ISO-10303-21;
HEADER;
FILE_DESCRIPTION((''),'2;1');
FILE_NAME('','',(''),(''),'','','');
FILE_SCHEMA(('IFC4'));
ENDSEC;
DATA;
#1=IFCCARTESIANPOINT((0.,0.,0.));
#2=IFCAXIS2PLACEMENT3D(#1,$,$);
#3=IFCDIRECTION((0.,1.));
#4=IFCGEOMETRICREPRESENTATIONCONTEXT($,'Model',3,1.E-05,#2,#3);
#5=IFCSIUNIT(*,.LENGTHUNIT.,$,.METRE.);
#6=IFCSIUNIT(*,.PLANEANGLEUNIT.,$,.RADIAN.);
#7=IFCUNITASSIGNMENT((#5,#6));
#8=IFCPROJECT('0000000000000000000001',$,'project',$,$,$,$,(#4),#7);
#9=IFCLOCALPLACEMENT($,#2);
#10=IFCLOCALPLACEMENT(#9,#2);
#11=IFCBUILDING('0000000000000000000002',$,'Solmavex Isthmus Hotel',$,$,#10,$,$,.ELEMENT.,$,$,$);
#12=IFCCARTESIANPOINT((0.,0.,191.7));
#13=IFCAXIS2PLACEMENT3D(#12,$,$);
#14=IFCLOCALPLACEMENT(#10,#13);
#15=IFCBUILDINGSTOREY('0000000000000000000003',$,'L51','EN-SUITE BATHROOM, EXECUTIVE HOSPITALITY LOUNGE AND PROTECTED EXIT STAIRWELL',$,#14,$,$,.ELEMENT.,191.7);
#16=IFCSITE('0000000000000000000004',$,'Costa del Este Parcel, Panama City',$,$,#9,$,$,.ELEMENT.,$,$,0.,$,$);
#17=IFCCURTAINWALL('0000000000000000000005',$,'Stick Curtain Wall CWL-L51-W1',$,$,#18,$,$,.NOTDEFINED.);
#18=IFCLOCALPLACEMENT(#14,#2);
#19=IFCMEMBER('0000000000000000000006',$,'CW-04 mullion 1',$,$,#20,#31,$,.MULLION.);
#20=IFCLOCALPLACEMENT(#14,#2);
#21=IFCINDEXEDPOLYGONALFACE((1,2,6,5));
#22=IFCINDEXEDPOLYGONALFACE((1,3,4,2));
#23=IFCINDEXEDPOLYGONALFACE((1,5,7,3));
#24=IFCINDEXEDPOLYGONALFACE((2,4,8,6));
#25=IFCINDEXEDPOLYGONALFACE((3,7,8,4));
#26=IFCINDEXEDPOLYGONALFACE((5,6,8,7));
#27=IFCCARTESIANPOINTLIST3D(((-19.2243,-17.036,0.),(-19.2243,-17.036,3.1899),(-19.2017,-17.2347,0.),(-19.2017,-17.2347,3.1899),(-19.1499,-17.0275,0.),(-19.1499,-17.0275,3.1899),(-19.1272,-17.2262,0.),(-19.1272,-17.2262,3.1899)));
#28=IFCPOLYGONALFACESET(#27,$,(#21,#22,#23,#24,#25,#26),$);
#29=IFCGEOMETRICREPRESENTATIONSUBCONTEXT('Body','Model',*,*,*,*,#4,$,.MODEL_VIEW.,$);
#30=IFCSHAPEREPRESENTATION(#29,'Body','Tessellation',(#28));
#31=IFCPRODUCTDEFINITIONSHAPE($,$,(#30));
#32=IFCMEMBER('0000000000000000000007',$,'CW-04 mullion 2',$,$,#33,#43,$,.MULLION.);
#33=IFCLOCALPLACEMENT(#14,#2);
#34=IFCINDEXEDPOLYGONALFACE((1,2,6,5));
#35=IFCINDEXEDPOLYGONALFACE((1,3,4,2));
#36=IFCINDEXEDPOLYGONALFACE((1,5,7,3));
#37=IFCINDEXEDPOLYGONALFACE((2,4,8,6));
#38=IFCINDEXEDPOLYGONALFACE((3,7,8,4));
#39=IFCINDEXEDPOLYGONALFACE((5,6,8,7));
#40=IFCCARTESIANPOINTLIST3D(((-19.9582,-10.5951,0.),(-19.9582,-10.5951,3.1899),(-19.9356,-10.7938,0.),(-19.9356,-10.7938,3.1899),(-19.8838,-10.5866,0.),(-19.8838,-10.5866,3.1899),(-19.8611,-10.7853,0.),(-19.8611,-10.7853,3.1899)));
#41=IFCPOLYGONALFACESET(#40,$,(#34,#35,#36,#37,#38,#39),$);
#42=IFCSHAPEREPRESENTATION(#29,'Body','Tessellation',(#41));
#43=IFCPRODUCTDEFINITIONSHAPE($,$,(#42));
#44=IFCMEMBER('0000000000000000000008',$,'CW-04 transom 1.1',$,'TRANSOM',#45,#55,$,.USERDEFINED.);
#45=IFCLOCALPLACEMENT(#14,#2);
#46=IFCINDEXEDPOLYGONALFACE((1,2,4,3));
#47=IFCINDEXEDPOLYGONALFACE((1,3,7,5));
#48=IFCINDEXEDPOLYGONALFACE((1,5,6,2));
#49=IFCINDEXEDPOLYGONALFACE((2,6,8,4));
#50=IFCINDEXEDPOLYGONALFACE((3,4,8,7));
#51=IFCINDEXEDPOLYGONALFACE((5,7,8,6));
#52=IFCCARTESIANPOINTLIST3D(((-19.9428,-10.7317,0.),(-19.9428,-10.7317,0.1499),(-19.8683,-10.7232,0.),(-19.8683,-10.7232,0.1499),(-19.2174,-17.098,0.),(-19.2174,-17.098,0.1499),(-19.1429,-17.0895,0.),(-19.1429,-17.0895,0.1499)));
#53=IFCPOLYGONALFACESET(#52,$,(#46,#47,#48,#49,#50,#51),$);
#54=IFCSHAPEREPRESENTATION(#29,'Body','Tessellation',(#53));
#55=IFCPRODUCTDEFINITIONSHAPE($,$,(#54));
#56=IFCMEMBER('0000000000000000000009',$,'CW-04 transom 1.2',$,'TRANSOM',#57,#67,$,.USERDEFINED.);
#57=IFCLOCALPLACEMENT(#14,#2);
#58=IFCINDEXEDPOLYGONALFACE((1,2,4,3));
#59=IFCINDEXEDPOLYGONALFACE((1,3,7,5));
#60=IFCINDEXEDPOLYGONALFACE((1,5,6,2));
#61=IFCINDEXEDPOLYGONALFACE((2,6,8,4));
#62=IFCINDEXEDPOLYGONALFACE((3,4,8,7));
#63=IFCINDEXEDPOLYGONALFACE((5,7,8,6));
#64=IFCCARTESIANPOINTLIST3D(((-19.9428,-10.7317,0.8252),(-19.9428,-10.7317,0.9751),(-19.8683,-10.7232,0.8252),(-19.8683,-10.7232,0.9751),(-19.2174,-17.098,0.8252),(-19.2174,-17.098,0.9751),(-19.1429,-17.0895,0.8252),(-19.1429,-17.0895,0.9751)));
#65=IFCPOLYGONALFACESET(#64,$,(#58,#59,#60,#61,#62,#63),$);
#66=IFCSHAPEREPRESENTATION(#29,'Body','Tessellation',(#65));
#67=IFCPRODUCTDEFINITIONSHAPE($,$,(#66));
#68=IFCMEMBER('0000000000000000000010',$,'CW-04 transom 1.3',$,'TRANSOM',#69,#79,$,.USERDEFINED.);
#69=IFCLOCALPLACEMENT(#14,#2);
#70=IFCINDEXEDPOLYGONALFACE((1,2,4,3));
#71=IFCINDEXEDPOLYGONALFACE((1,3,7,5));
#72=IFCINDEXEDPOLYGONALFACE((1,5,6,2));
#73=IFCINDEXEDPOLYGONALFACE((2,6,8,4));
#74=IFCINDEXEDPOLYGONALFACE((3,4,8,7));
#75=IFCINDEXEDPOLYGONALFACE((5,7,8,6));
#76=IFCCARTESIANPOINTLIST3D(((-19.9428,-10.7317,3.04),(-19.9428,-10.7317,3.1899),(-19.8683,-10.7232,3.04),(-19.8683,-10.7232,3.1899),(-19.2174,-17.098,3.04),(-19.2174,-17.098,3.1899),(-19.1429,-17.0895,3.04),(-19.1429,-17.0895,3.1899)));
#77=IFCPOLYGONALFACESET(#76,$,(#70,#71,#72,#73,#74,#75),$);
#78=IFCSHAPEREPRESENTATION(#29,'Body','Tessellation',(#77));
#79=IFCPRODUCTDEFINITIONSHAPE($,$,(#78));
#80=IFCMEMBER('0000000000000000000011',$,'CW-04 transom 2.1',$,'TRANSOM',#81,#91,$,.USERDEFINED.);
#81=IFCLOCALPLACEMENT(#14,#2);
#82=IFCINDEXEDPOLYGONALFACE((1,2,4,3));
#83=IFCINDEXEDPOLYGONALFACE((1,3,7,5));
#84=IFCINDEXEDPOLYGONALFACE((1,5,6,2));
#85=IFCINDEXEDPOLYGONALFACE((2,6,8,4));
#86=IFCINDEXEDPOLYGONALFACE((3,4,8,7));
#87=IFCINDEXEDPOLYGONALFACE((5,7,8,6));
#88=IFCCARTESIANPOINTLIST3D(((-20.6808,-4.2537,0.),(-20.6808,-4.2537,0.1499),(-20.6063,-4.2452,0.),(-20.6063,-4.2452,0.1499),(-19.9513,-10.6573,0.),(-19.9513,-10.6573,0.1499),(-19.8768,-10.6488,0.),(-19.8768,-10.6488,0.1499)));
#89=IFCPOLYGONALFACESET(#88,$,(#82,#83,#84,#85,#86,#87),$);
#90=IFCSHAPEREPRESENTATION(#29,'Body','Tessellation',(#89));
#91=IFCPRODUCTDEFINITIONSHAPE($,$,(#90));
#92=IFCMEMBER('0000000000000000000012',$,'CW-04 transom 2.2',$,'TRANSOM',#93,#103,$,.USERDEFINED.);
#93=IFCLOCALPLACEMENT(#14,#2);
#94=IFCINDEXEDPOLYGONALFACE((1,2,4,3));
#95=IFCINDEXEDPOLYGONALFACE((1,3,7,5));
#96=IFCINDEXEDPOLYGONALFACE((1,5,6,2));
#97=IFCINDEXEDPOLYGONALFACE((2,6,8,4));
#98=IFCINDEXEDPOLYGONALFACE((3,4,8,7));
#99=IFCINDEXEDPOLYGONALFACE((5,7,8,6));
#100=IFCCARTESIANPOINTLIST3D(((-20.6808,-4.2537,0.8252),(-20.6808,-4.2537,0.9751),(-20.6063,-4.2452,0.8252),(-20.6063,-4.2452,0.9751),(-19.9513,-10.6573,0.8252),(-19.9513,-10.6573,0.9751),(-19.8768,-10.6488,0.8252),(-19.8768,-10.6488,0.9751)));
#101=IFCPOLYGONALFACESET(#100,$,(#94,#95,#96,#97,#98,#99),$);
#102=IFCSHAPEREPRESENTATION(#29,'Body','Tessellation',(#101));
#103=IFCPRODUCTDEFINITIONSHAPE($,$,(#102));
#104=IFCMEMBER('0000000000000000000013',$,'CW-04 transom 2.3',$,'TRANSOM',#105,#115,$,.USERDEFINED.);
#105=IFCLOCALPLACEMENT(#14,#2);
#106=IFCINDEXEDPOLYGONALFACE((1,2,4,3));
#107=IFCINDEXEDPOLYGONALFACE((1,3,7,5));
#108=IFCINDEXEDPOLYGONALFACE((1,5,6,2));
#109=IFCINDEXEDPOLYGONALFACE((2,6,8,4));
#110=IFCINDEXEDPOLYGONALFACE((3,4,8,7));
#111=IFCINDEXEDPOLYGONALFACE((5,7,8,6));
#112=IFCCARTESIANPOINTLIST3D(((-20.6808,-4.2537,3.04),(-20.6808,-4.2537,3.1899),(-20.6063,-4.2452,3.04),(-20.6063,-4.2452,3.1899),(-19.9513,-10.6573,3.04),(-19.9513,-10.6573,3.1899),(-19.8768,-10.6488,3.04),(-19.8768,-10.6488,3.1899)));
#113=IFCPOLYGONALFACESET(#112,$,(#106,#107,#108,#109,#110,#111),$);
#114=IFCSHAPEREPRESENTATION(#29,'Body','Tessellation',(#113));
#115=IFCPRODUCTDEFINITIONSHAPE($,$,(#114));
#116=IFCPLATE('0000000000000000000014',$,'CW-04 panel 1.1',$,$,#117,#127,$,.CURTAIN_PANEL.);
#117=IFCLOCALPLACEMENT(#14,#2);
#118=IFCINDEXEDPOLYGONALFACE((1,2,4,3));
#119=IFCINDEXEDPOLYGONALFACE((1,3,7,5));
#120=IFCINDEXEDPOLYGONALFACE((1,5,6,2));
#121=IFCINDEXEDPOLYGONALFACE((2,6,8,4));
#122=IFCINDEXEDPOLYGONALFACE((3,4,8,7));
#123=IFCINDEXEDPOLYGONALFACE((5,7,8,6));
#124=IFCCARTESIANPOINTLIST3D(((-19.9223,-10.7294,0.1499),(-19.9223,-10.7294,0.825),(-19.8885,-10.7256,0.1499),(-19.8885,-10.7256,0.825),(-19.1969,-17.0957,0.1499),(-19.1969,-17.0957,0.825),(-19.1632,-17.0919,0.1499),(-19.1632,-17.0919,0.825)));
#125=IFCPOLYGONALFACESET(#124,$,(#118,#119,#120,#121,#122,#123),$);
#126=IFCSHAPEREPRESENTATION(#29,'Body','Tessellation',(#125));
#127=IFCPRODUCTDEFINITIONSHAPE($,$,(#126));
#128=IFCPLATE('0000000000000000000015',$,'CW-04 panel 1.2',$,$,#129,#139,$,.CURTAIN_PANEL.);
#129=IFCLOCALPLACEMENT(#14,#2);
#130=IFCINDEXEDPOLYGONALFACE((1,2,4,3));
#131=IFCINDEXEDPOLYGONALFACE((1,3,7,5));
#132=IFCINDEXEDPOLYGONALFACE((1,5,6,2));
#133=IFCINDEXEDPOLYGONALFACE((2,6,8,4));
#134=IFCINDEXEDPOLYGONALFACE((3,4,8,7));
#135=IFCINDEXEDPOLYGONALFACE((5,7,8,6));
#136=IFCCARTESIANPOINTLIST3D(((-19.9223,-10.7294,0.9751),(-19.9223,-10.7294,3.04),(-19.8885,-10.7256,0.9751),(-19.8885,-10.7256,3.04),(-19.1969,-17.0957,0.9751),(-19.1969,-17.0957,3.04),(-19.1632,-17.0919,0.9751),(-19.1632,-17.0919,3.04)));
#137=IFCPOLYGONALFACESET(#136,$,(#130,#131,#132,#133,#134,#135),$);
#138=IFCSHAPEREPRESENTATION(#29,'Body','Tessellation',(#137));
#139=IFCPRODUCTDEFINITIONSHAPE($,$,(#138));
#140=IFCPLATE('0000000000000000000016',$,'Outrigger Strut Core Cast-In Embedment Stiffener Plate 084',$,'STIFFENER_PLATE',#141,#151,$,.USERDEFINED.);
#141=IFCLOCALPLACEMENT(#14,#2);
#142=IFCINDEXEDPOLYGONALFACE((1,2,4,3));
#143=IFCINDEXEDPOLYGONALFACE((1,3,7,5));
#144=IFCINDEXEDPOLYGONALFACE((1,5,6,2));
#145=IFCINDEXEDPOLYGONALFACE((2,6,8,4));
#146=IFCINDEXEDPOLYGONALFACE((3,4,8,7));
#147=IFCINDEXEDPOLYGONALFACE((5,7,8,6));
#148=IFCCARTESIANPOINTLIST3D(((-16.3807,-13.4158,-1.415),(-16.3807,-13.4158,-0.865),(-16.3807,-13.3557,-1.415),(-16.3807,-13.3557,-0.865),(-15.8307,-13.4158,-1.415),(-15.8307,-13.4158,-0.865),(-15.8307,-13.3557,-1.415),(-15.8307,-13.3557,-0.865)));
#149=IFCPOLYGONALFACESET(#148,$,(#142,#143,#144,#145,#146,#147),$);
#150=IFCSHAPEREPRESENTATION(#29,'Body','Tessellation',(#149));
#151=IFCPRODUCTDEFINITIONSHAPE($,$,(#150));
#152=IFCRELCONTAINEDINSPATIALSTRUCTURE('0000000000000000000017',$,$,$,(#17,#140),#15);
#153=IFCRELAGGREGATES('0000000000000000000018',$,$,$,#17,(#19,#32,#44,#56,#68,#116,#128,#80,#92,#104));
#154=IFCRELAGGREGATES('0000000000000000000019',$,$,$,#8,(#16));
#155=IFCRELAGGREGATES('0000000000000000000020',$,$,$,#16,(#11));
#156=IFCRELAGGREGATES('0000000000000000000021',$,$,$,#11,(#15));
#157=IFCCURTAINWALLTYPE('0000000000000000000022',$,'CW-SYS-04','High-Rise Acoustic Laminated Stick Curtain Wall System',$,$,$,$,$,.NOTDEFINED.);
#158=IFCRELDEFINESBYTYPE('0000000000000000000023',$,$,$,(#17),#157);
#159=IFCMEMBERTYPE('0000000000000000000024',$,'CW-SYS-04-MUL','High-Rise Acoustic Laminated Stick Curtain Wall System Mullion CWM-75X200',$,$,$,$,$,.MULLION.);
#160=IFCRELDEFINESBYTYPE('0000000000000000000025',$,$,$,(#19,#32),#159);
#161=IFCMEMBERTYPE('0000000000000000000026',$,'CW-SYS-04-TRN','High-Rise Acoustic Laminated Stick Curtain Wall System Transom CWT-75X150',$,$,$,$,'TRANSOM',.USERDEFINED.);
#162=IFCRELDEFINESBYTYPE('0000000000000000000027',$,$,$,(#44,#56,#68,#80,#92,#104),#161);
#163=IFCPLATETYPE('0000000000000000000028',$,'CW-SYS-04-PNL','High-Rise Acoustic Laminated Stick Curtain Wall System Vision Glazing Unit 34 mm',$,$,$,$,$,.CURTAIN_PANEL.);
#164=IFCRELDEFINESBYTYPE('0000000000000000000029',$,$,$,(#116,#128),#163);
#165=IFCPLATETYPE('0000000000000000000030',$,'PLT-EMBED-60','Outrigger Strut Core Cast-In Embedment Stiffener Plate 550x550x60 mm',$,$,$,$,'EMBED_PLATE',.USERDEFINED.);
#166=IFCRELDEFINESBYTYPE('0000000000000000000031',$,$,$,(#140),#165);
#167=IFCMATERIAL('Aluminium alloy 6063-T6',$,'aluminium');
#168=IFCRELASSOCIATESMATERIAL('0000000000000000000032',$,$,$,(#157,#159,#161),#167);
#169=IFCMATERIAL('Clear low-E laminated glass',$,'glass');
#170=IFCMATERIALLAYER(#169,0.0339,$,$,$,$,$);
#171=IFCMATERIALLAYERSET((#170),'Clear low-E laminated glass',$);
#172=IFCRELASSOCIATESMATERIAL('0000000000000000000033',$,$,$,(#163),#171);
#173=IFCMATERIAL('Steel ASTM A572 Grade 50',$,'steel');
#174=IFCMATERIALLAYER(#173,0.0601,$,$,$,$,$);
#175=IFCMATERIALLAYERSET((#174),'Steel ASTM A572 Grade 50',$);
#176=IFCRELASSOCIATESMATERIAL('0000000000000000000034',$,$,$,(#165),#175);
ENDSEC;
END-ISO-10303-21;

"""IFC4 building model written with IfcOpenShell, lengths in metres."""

from ifc_helpers import new_model, si_unit, direction, frame, origin, origin_2d, place, context, subcontext, project, spatial, rectangle, extrude, material, layer, layer_set, material_profile, profile_set, type_object, element, aggregate, save


model = new_model("IFC4")

# Units and contexts
model_context = context("Model", 3, precision=1e-05, world=origin(), true_north=direction((0.0, 1.0)))
body_context = subcontext(model_context, "Body", "Model", "MODEL_VIEW")
ifc_project = project(units=[si_unit("LENGTHUNIT", "METRE"), si_unit("PLANEANGLEUNIT", "RADIAN")], contexts=[model_context])

# Site, building, storey
site_placement = place(None, origin())
site = spatial("IfcSite", under=ifc_project, at=site_placement, Name="Costa del Este Parcel, Panama City", CompositionType="ELEMENT", RefElevation=0.0)
building_placement = place(site_placement, origin())
building = spatial("IfcBuilding", under=site, at=building_placement, Name="Solmavex Isthmus Hotel", CompositionType="ELEMENT")
storey_placement = place(building_placement, frame((0.0, 0.0, 191.7)))
storey = spatial("IfcBuildingStorey", under=building, at=storey_placement, Name="L51", Description="EN-SUITE BATHROOM, EXECUTIVE HOSPITALITY LOUNGE AND PROTECTED EXIT STAIRWELL", CompositionType="ELEMENT", Elevation=191.7)

# Shared definitions
ifc_material_1 = material(Name="Steel ASTM A572 Grade 50", Category="steel")

# Curtain wall, members, plates
ifc_material_2 = material(Name="Aluminium alloy 6063-T6", Category="aluminium")
curtain_wall_type = type_object("IfcCurtainWallType", Name="CW-SYS-04", Description="High-Rise Acoustic Laminated Stick Curtain Wall System", PredefinedType="NOTDEFINED", material=ifc_material_2)
curtain_wall_placement = place(storey_placement, origin())
curtain_wall = element("IfcCurtainWall", 1, at=curtain_wall_placement, inside=storey, type_object=curtain_wall_type, Name="Stick Curtain Wall CWL-L51-W1", PredefinedType="NOTDEFINED")
ifc_material_profile_1 = material_profile(ifc_material_2, rectangle(XDim=0.075, YDim=0.2, at=origin_2d()), Name="CWM-75X200")
ifc_profile_set_1 = profile_set([ifc_material_profile_1], Name="Aluminium alloy 6063-T6")
member_type_1 = type_object("IfcMemberType", Name="CW-SYS-04-MUL", Description="High-Rise Acoustic Laminated Stick Curtain Wall System Mullion CWM-75X200", PredefinedType="MULLION", material=ifc_profile_set_1)
member_1_placement = place(storey_placement, frame((-19.1758, -17.1311, 0.0), z_axis=(0.0, 0.0, 1.0), x_axis=(-0.993572, -0.113203, 0.0)))
member_1 = element("IfcMember", 2, at=member_1_placement, type_object=member_type_1, Name="CW-04 mullion 1", PredefinedType="MULLION", context=body_context, shape_type="SweptSolid", body=[
    extrude(rectangle(XDim=0.075, YDim=0.2, at=origin_2d()), origin(), (0.0, 0.0, 1.0), 3.1899),
])
member_2_placement = place(storey_placement, frame((-19.9097, -10.6902, 0.0), z_axis=(0.0, 0.0, 1.0), x_axis=(-0.993572, -0.113203, 0.0)))
member_2 = element("IfcMember", 3, at=member_2_placement, type_object=member_type_1, Name="CW-04 mullion 2", PredefinedType="MULLION", context=body_context, shape_type="SweptSolid", body=[
    extrude(rectangle(XDim=0.075, YDim=0.2, at=origin_2d()), origin(), (0.0, 0.0, 1.0), 3.1899),
])
ifc_material_profile_2 = material_profile(ifc_material_2, rectangle(XDim=0.075, YDim=0.1499, at=origin_2d()), Name="CWT-75X150")
ifc_profile_set_2 = profile_set([ifc_material_profile_2], Name="Aluminium alloy 6063-T6")
member_type_2 = type_object("IfcMemberType", Name="CW-SYS-04-TRN", Description="High-Rise Acoustic Laminated Stick Curtain Wall System Transom CWT-75X150", ElementType="TRANSOM", PredefinedType="USERDEFINED", material=ifc_profile_set_2)
member_3_placement = place(storey_placement, frame((-19.1802, -17.0938, 0.075), z_axis=(-0.113204, 0.993572, 0.0), x_axis=(-0.993572, -0.113204, 0.0)))
member_3 = element("IfcMember", 4, at=member_3_placement, type_object=member_type_2, Name="CW-04 transom 1.1", ObjectType="TRANSOM", PredefinedType="USERDEFINED", context=body_context, shape_type="SweptSolid", body=[
    extrude(rectangle(XDim=0.075, YDim=0.1499, at=origin_2d()), origin(), (0.0, 0.0, 1.0), 6.4075),
])
member_4_placement = place(storey_placement, frame((-19.1802, -17.0938, 0.9001), z_axis=(-0.113204, 0.993572, 0.0), x_axis=(-0.993572, -0.113204, 0.0)))
member_4 = element("IfcMember", 5, at=member_4_placement, type_object=member_type_2, Name="CW-04 transom 1.2", ObjectType="TRANSOM", PredefinedType="USERDEFINED", context=body_context, shape_type="SweptSolid", body=[
    extrude(rectangle(XDim=0.075, YDim=0.1499, at=origin_2d()), origin(), (0.0, 0.0, 1.0), 6.4075),
])
member_5_placement = place(storey_placement, frame((-19.1802, -17.0938, 3.115), z_axis=(-0.113204, 0.993572, 0.0), x_axis=(-0.993572, -0.113204, 0.0)))
member_5 = element("IfcMember", 6, at=member_5_placement, type_object=member_type_2, Name="CW-04 transom 1.3", ObjectType="TRANSOM", PredefinedType="USERDEFINED", context=body_context, shape_type="SweptSolid", body=[
    extrude(rectangle(XDim=0.075, YDim=0.1499, at=origin_2d()), origin(), (0.0, 0.0, 1.0), 6.4075),
])
member_6_placement = place(storey_placement, frame((-19.9141, -10.6531, 0.075), z_axis=(-0.113188, 0.993574, 0.0), x_axis=(-0.993574, -0.113188, 0.0)))
member_6 = element("IfcMember", 7, at=member_6_placement, type_object=member_type_2, Name="CW-04 transom 2.1", ObjectType="TRANSOM", PredefinedType="USERDEFINED", context=body_context, shape_type="SweptSolid", body=[
    extrude(rectangle(XDim=0.075, YDim=0.1499, at=origin_2d()), origin(), (0.0, 0.0, 1.0), 6.4451),
])
member_7_placement = place(storey_placement, frame((-19.9141, -10.6531, 0.9001), z_axis=(-0.113188, 0.993574, 0.0), x_axis=(-0.993574, -0.113188, 0.0)))
member_7 = element("IfcMember", 8, at=member_7_placement, type_object=member_type_2, Name="CW-04 transom 2.2", ObjectType="TRANSOM", PredefinedType="USERDEFINED", context=body_context, shape_type="SweptSolid", body=[
    extrude(rectangle(XDim=0.075, YDim=0.1499, at=origin_2d()), origin(), (0.0, 0.0, 1.0), 6.4451),
])
member_8_placement = place(storey_placement, frame((-19.9141, -10.6531, 3.115), z_axis=(-0.113188, 0.993574, 0.0), x_axis=(-0.993574, -0.113188, 0.0)))
member_8 = element("IfcMember", 9, at=member_8_placement, type_object=member_type_2, Name="CW-04 transom 2.3", ObjectType="TRANSOM", PredefinedType="USERDEFINED", context=body_context, shape_type="SweptSolid", body=[
    extrude(rectangle(XDim=0.075, YDim=0.1499, at=origin_2d()), origin(), (0.0, 0.0, 1.0), 6.4451),
])
ifc_material_3 = material(Name="Clear low-E laminated glass", Category="glass")
ifc_layer_1 = layer(ifc_material_3, 0.0339)
ifc_layer_set_1 = layer_set([ifc_layer_1], Name="Clear low-E laminated glass")
plate_type_1 = type_object("IfcPlateType", Name="CW-SYS-04-PNL", Description="High-Rise Acoustic Laminated Stick Curtain Wall System Vision Glazing Unit 34 mm", PredefinedType="CURTAIN_PANEL", material=ifc_layer_set_1)
plate_1_placement = place(storey_placement, frame((-19.5427, -13.9106, 0.1499), z_axis=(0.0, 0.0, 1.0), x_axis=(-0.113203, 0.993572, 0.0)))
plate_1 = element("IfcPlate", 10, at=plate_1_placement, type_object=plate_type_1, Name="CW-04 panel 1.1", PredefinedType="CURTAIN_PANEL", context=body_context, shape_type="SweptSolid", body=[
    extrude(rectangle(XDim=6.4075, YDim=0.0339, at=origin_2d()), origin(), (0.0, 0.0, 1.0), 0.675),
])
plate_2_placement = place(storey_placement, frame((-19.5427, -13.9106, 0.9751), z_axis=(0.0, 0.0, 1.0), x_axis=(-0.113203, 0.993572, 0.0)))
plate_2 = element("IfcPlate", 11, at=plate_2_placement, type_object=plate_type_1, Name="CW-04 panel 1.2", PredefinedType="CURTAIN_PANEL", context=body_context, shape_type="SweptSolid", body=[
    extrude(rectangle(XDim=6.4075, YDim=0.0339, at=origin_2d()), origin(), (0.0, 0.0, 1.0), 2.0649),
])
aggregate(curtain_wall, [member_1, member_2, member_3, member_4, member_5, plate_1, plate_2, member_6, member_7, member_8])

# Plate
ifc_layer_2 = layer(ifc_material_1, 0.0601)
ifc_layer_set_2 = layer_set([ifc_layer_2], Name="Steel ASTM A572 Grade 50")
plate_type_2 = type_object("IfcPlateType", Name="PLT-EMBED-60", Description="Outrigger Strut Core Cast-In Embedment Stiffener Plate 550x550x60 mm", ElementType="EMBED_PLATE", PredefinedType="USERDEFINED", material=ifc_layer_set_2)
plate_3_placement = place(storey_placement, frame((-16.1057, -13.3857, -1.415), z_axis=(0.0, 0.0, 1.0), x_axis=(1.0, 0.0, 0.0)))
element("IfcPlate", 12, at=plate_3_placement, inside=storey, type_object=plate_type_2, Name="Outrigger Strut Core Cast-In Embedment Stiffener Plate 084", ObjectType="STIFFENER_PLATE", PredefinedType="USERDEFINED", context=body_context, shape_type="SweptSolid", body=[
    extrude(rectangle(XDim=0.55, YDim=0.0601, at=origin_2d()), origin(), (0.0, 0.0, 1.0), 0.55),
])

save(model, "model.ifc")
